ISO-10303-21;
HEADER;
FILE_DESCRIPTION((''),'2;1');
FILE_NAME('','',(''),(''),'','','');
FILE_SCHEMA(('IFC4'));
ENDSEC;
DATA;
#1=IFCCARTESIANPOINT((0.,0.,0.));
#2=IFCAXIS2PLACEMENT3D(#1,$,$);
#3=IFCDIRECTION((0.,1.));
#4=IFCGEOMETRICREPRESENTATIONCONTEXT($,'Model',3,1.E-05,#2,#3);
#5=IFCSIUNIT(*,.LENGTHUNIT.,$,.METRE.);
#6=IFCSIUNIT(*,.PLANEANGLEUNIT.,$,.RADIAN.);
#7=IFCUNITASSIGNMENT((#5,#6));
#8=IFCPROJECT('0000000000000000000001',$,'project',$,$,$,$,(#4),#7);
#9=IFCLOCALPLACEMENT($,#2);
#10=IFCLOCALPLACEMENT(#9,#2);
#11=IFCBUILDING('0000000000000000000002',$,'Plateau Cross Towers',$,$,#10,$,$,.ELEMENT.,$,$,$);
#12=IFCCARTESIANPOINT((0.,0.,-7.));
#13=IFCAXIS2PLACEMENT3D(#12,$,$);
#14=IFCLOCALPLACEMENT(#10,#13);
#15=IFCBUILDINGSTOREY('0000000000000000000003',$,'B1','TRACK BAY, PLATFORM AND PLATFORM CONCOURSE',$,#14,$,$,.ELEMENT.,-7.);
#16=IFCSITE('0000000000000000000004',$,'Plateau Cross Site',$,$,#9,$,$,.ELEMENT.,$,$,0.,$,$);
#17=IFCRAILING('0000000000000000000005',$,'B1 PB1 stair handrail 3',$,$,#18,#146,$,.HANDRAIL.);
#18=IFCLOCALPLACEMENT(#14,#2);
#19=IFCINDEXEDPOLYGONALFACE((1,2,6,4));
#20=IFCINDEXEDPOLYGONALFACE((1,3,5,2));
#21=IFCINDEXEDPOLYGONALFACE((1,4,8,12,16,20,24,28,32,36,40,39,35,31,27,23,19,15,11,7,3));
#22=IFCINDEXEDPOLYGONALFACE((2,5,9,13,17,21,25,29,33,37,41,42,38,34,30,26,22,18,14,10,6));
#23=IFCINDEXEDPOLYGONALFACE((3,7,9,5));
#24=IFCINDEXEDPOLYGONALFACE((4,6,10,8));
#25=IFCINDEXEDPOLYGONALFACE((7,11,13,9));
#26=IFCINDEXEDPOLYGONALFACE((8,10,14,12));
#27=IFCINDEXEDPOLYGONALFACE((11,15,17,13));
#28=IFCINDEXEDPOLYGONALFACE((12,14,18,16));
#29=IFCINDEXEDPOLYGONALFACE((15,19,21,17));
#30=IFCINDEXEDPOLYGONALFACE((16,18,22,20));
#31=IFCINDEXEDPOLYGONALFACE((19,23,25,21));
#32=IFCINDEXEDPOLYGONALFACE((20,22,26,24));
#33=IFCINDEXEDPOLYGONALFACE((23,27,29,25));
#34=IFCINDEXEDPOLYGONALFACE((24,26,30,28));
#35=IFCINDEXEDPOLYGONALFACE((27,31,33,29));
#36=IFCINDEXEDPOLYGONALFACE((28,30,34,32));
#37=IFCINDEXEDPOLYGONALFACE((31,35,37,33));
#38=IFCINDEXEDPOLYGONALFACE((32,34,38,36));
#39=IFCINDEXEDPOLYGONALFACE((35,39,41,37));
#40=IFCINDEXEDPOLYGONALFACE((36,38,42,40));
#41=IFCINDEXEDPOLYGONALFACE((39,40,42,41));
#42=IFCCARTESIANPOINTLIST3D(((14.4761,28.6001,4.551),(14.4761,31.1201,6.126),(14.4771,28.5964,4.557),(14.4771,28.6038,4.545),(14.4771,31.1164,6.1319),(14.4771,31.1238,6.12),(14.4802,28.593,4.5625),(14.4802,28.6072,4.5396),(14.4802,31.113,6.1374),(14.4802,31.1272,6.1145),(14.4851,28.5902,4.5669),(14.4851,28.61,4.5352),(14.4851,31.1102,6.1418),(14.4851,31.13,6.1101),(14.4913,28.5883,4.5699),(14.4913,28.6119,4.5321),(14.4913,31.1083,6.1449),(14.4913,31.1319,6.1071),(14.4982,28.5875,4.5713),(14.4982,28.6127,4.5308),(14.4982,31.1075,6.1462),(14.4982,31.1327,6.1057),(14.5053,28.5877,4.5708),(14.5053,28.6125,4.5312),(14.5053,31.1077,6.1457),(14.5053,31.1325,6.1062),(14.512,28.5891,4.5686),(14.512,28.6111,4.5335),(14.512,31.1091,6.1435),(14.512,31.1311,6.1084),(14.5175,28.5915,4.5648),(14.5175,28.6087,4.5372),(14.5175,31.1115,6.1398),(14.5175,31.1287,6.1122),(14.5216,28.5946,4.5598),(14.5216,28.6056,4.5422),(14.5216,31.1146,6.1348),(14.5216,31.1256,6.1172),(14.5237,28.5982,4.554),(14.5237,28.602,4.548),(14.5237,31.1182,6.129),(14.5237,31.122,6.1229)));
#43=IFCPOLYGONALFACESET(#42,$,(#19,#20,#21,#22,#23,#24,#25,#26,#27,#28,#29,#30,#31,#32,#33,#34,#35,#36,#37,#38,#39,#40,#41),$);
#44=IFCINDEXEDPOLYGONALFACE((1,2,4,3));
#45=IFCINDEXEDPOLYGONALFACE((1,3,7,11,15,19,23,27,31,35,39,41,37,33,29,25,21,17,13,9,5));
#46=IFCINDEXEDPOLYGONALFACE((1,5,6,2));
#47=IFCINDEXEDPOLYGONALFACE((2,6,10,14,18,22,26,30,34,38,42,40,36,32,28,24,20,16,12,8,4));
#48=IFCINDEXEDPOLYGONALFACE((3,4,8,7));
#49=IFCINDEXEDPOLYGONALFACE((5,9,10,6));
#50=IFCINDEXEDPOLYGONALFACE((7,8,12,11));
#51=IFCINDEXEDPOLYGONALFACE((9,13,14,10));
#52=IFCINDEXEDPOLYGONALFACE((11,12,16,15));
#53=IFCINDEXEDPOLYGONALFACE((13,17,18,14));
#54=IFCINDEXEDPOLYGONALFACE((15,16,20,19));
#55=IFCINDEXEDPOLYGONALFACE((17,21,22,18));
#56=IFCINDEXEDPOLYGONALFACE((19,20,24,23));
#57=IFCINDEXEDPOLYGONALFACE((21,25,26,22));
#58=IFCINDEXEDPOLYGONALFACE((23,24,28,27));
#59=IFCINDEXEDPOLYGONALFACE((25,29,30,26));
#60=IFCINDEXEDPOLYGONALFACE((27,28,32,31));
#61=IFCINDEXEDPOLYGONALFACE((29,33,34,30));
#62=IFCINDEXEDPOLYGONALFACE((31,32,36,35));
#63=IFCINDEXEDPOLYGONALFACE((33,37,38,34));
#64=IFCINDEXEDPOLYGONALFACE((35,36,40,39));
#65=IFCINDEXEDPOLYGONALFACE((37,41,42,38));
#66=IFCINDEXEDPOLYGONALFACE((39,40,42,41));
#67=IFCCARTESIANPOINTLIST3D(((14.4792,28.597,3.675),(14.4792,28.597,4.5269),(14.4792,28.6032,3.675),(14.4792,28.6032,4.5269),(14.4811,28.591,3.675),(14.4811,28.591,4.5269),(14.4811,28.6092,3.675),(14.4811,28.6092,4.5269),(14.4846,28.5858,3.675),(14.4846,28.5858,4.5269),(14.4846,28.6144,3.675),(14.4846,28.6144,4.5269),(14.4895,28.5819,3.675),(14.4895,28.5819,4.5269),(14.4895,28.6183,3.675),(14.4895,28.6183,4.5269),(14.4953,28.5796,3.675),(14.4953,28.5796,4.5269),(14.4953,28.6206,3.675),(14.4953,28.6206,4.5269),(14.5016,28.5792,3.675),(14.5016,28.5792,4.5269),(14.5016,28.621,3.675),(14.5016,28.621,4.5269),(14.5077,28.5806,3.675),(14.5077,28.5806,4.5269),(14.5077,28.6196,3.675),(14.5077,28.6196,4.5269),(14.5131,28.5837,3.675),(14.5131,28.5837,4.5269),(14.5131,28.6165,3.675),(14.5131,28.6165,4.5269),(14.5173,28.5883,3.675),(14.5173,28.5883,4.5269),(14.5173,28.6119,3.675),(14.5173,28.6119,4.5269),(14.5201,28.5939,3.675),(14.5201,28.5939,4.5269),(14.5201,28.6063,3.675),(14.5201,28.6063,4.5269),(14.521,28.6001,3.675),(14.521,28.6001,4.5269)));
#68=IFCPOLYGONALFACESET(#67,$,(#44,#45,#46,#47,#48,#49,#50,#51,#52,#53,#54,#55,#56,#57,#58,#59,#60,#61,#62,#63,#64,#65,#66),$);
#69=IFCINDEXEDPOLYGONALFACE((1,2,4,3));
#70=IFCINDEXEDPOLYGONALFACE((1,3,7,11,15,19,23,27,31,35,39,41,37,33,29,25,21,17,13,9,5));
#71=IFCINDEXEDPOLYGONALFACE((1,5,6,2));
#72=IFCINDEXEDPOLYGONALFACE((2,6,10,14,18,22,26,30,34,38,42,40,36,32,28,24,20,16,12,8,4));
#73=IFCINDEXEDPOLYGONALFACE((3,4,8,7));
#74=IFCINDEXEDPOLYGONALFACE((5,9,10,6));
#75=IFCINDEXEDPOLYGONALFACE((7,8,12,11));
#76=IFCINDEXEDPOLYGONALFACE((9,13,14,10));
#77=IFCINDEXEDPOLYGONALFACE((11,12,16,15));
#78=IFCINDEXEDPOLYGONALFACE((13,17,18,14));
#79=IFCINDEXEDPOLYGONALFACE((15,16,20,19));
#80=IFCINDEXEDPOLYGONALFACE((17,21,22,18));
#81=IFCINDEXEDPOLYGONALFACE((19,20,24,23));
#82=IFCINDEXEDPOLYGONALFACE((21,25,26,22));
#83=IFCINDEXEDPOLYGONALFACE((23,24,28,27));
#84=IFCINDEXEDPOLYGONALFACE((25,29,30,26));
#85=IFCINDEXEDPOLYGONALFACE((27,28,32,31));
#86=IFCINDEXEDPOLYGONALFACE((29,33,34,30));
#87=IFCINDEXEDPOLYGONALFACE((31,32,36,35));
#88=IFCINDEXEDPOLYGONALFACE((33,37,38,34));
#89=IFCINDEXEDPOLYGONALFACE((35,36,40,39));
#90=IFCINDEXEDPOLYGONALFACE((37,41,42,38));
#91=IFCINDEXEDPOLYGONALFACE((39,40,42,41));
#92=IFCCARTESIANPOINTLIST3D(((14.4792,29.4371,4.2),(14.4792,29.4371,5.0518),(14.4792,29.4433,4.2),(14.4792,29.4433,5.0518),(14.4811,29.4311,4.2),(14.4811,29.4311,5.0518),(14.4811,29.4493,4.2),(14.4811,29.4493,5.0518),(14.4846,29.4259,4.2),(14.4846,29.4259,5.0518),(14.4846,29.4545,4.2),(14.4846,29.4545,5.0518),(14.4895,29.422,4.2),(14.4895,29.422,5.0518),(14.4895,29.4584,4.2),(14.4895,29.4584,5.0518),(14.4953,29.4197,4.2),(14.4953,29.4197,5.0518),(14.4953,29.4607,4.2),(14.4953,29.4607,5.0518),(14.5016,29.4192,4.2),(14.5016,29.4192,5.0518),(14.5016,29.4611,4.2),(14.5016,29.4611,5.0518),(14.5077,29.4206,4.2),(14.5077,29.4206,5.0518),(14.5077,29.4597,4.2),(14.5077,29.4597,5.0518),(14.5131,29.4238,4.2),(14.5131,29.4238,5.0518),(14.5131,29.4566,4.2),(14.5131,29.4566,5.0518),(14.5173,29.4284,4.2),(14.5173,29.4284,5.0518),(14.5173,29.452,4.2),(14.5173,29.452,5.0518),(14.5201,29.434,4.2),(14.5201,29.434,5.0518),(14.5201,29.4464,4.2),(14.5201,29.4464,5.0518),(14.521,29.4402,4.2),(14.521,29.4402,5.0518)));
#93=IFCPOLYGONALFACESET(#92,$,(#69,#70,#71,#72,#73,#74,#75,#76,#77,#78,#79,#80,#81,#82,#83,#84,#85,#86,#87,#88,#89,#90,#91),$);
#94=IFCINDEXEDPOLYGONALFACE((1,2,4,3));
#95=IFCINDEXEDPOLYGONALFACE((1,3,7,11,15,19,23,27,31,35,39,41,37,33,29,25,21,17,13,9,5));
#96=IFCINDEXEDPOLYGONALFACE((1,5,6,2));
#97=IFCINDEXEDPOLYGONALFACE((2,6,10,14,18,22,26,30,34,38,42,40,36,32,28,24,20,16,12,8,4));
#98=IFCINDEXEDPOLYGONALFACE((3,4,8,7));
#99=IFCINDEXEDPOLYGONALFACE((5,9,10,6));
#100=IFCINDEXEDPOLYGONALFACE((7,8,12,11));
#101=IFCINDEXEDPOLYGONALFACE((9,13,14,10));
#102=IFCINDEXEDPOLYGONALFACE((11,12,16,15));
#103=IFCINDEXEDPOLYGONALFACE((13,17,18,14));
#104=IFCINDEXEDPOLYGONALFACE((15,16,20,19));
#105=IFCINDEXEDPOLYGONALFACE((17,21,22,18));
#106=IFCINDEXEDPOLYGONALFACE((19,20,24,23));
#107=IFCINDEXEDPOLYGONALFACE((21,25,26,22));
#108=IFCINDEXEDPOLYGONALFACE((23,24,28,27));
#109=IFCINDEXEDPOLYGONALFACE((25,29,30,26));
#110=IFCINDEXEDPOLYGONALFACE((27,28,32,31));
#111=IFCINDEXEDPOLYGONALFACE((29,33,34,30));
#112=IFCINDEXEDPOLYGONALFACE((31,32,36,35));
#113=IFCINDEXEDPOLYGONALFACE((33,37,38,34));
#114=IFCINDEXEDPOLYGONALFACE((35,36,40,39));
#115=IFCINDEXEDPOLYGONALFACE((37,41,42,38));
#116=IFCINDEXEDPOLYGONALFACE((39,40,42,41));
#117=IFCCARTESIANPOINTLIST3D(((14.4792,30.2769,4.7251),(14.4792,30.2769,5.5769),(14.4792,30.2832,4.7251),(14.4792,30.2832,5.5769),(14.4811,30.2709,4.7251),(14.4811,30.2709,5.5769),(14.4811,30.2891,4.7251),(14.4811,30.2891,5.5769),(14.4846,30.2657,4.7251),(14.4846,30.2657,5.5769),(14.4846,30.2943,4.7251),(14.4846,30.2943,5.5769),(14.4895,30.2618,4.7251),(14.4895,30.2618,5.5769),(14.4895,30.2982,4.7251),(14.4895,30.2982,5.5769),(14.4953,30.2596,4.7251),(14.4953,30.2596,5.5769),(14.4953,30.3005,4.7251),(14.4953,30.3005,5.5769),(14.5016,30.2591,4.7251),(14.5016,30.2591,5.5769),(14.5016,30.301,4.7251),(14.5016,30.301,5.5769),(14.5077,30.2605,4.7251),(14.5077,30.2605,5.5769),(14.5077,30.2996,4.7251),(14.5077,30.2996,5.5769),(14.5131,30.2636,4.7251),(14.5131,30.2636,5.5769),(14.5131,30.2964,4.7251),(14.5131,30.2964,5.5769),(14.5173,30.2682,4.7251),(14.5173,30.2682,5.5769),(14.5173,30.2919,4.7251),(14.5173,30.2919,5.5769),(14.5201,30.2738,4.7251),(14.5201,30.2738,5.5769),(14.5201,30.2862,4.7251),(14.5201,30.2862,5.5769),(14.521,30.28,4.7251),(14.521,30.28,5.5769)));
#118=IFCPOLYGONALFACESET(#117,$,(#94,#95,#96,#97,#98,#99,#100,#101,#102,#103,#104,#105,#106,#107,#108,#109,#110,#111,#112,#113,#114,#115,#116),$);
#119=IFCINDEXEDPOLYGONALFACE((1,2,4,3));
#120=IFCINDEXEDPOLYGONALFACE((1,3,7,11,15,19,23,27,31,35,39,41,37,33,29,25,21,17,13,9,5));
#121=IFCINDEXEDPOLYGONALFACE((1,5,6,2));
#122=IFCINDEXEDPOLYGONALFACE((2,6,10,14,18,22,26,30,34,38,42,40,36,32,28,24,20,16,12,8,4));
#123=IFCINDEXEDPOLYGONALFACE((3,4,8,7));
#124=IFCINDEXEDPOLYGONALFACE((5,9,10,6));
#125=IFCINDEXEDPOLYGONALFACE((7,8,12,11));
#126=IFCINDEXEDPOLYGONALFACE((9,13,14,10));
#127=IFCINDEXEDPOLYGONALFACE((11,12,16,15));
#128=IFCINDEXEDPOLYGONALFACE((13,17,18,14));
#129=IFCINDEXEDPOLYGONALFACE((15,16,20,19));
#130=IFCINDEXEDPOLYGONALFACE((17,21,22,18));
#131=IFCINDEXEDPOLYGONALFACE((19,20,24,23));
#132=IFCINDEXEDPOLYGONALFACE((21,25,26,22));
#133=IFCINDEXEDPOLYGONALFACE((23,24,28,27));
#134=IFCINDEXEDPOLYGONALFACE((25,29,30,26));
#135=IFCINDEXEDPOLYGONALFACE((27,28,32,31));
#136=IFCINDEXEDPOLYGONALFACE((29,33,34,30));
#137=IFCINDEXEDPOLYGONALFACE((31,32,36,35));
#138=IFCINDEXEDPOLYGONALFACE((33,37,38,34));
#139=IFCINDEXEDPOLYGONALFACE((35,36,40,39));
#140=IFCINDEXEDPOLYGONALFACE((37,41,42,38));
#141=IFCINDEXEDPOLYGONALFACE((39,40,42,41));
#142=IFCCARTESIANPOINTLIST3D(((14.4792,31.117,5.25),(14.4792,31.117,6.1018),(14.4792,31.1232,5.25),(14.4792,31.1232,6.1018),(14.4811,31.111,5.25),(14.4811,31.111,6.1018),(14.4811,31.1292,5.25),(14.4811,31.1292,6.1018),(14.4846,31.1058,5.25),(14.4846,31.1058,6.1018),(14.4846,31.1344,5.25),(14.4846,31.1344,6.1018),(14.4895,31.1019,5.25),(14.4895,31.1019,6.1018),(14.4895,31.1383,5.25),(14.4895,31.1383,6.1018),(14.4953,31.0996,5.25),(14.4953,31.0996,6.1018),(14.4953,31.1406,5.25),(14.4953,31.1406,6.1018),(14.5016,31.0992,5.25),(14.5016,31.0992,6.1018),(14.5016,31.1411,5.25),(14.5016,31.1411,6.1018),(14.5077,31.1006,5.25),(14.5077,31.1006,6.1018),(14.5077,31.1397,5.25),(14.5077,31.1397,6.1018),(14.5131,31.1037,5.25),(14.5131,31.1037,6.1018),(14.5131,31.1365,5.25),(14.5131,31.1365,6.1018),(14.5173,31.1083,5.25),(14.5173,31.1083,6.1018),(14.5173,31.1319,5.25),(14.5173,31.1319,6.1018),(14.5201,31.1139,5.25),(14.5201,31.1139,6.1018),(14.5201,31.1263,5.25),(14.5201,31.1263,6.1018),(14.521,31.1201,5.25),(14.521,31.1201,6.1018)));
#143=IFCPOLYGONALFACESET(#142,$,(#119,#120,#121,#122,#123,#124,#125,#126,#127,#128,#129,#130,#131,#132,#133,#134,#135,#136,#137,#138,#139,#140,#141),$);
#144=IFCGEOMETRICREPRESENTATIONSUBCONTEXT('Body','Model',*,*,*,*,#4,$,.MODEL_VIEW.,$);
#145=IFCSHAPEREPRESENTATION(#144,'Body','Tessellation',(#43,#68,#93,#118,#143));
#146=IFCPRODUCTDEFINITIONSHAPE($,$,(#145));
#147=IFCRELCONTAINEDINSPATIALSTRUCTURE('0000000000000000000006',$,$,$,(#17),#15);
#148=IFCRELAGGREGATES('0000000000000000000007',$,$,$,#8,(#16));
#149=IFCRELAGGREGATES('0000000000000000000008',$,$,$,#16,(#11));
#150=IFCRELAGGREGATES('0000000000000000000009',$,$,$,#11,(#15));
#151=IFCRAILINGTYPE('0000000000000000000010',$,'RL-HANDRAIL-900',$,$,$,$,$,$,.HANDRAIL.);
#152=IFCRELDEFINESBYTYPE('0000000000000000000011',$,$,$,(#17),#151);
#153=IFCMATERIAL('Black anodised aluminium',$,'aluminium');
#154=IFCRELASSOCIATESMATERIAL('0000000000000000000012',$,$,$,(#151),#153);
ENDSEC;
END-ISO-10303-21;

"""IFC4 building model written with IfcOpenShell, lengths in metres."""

from ifc_helpers import new_model, si_unit, direction, frame, origin, origin_2d, place, context, subcontext, project, spatial, circle, extrude, material, type_object, element, save


model = new_model("IFC4")

# Units and contexts
model_context = context("Model", 3, precision=1e-05, world=origin(), true_north=direction((0.0, 1.0)))
body_context = subcontext(model_context, "Body", "Model", "MODEL_VIEW")
ifc_project = project(units=[si_unit("LENGTHUNIT", "METRE"), si_unit("PLANEANGLEUNIT", "RADIAN")], contexts=[model_context])

# Site, building, storey
site_placement = place(None, origin())
site = spatial("IfcSite", under=ifc_project, at=site_placement, Name="Plateau Cross Site", CompositionType="ELEMENT", RefElevation=0.0)
building_placement = place(site_placement, origin())
building = spatial("IfcBuilding", under=site, at=building_placement, Name="Plateau Cross Towers", CompositionType="ELEMENT")
storey_placement = place(building_placement, frame((0.0, 0.0, -7.0)))
storey = spatial("IfcBuildingStorey", under=building, at=storey_placement, Name="B1", Description="TRACK BAY, PLATFORM AND PLATFORM CONCOURSE", CompositionType="ELEMENT", Elevation=-7.0)

# Railing
ifc_material_1 = material(Name="Black anodised aluminium", Category="aluminium")
railing_type_1 = type_object("IfcRailingType", Name="RL-HANDRAIL-900", PredefinedType="HANDRAIL", material=ifc_material_1)
railing_1_placement = place(storey_placement, frame((14.5, 28.6001, 3.675)))
element("IfcRailing", 1, at=railing_1_placement, inside=storey, type_object=railing_type_1, Name="B1 PB1 stair handrail 3", PredefinedType="HANDRAIL", context=body_context, shape_type="SweptSolid", body=[
    extrude(circle(Radius=0.0239, at=origin_2d()), frame((0.0, 0.0, 0.876), z_axis=(0.0, 0.848008, 0.529984), x_axis=(-1.0, 0.0, 0.0)), (0.0, 0.0, 1.0), 2.9717),
    extrude(circle(Radius=0.021, at=origin_2d()), origin(), (0.0, 0.0, 1.0), 0.8518),
    extrude(circle(Radius=0.021, at=origin_2d()), frame((0.0, 0.8401, 0.5249)), (0.0, 0.0, 1.0), 0.8518),
    extrude(circle(Radius=0.021, at=origin_2d()), frame((0.0, 1.6799, 1.05)), (0.0, 0.0, 1.0), 0.8518),
    extrude(circle(Radius=0.021, at=origin_2d()), frame((0.0, 2.52, 1.575)), (0.0, 0.0, 1.0), 0.8518),
])

save(model, "model.ifc")
